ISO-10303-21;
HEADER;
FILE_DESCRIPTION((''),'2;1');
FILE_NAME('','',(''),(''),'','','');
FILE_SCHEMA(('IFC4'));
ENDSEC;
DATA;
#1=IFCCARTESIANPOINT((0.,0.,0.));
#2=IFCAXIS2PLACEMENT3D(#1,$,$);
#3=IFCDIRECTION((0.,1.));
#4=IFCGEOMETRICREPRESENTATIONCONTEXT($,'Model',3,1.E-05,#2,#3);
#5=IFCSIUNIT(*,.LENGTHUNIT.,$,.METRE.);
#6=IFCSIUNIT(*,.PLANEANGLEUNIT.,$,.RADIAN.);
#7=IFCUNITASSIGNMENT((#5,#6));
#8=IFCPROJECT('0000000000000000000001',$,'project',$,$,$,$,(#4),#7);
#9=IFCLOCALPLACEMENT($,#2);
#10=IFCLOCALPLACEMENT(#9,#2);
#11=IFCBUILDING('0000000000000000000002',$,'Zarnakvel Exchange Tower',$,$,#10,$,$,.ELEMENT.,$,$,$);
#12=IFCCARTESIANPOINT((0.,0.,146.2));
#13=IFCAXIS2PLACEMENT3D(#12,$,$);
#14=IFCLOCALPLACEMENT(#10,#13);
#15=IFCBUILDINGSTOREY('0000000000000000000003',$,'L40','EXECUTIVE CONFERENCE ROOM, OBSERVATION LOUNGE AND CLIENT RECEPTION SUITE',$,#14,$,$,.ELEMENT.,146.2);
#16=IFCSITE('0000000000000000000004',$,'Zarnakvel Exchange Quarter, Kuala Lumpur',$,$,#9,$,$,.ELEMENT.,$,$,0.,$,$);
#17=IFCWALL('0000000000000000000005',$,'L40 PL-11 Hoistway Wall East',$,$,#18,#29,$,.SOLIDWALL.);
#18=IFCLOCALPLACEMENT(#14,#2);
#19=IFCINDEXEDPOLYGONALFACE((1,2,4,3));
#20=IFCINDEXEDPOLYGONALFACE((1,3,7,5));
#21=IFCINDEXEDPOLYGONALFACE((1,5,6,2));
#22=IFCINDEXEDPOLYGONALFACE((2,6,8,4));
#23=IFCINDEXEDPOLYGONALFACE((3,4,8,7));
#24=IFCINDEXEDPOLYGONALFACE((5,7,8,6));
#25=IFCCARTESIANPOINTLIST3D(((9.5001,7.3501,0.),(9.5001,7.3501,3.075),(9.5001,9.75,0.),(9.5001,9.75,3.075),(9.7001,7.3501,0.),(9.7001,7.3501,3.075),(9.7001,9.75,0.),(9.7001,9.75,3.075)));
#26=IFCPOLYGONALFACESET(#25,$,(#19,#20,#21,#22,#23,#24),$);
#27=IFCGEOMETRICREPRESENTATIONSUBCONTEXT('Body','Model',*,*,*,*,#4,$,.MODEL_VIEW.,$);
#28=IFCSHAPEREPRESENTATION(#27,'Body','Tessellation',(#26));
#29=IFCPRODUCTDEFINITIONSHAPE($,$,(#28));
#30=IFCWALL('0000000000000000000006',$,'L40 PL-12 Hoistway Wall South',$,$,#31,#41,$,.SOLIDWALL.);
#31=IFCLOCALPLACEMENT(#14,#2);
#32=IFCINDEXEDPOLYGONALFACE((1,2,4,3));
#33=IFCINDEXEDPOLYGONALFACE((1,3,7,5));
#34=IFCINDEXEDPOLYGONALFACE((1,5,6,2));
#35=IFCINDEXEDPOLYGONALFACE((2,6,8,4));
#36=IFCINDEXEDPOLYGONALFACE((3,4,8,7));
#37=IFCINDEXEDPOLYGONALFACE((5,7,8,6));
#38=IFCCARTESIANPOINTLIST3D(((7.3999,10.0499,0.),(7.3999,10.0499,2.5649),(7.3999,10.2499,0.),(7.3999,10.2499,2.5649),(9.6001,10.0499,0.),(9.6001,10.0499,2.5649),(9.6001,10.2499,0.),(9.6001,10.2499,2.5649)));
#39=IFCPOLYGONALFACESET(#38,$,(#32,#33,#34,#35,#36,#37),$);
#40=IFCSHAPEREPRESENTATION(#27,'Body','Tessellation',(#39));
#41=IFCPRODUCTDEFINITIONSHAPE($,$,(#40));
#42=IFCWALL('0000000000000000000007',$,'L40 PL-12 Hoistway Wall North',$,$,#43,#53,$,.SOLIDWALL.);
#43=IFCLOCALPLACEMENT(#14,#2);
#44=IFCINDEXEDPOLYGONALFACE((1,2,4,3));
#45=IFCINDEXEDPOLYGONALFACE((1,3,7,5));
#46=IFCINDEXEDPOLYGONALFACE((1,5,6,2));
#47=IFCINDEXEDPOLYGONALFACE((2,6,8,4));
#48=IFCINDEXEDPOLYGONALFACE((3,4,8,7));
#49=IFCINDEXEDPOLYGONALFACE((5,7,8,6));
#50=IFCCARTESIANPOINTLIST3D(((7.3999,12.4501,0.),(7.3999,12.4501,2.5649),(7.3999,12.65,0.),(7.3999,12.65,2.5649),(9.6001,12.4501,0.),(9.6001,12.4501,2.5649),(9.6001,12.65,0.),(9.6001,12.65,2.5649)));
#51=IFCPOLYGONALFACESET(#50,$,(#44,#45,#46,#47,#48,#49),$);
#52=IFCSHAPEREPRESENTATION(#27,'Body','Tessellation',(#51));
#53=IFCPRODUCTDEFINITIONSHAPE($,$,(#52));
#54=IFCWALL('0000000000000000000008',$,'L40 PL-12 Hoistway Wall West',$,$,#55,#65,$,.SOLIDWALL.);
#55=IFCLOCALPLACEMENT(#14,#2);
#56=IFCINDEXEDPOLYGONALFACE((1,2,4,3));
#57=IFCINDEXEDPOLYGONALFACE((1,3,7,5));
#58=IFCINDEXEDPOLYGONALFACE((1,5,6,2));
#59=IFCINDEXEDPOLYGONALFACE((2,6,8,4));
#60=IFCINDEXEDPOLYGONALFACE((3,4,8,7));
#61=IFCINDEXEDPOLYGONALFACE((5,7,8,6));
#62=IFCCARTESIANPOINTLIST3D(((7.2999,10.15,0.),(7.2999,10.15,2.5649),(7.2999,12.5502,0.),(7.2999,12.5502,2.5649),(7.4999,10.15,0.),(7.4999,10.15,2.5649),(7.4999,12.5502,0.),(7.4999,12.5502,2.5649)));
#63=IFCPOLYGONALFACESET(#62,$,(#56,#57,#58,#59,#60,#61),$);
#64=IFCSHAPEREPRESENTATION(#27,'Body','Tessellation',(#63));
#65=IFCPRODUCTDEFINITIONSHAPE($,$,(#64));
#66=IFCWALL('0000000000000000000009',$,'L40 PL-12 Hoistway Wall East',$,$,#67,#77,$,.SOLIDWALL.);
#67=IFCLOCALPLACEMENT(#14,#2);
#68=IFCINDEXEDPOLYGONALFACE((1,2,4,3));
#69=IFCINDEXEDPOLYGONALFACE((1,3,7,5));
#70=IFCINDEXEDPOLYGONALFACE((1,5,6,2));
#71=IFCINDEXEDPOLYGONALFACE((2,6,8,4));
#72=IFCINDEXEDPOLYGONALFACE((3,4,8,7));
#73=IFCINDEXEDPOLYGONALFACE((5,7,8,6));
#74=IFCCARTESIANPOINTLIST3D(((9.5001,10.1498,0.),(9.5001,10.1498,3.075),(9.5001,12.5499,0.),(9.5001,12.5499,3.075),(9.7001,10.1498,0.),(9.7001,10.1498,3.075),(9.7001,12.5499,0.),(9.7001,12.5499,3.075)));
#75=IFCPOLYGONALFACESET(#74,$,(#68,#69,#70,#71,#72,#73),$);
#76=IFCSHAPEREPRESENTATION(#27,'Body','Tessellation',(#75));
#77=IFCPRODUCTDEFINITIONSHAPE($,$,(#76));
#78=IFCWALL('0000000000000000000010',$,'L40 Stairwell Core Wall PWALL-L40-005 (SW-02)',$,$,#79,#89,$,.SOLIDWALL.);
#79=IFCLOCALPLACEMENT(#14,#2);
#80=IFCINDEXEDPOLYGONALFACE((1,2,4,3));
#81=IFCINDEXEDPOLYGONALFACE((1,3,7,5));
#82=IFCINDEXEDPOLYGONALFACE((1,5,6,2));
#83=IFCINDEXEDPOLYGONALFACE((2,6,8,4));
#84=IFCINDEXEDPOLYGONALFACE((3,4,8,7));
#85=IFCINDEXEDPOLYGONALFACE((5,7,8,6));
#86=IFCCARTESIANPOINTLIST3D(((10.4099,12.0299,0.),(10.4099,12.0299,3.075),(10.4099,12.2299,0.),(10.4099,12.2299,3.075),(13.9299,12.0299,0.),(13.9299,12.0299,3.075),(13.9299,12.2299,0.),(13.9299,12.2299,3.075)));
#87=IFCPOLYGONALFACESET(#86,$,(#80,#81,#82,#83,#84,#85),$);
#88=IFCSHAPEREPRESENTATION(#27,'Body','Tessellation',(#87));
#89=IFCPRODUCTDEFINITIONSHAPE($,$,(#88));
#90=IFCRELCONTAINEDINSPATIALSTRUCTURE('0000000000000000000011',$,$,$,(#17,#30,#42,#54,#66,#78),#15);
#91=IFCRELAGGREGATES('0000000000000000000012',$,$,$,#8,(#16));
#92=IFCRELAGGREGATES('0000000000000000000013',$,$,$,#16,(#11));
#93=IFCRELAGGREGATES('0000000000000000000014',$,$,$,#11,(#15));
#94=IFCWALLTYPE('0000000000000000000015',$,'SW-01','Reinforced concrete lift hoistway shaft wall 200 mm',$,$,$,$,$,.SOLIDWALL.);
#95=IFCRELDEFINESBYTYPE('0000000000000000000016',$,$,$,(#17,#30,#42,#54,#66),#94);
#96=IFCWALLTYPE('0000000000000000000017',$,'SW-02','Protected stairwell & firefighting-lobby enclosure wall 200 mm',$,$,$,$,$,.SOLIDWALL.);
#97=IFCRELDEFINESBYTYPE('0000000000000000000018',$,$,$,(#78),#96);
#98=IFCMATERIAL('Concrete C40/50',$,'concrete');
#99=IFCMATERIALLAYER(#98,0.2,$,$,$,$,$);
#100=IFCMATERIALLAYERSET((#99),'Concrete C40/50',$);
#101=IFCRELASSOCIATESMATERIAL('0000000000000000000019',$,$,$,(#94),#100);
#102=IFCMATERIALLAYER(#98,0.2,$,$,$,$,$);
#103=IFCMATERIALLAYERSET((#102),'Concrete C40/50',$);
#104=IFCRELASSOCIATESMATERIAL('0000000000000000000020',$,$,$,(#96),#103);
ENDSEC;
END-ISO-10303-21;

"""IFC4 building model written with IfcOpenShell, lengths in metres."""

from ifc_helpers import new_model, si_unit, direction, frame, frame_2d, origin, place, context, subcontext, project, spatial, rectangle, extrude, material, layer, layer_set, type_object, element, save


model = new_model("IFC4")

# Units and contexts
model_context = context("Model", 3, precision=1e-05, world=origin(), true_north=direction((0.0, 1.0)))
body_context = subcontext(model_context, "Body", "Model", "MODEL_VIEW")
ifc_project = project(units=[si_unit("LENGTHUNIT", "METRE"), si_unit("PLANEANGLEUNIT", "RADIAN")], contexts=[model_context])

# Site, building, storey
site_placement = place(None, origin())
site = spatial("IfcSite", under=ifc_project, at=site_placement, Name="Zarnakvel Exchange Quarter, Kuala Lumpur", CompositionType="ELEMENT", RefElevation=0.0)
building_placement = place(site_placement, origin())
building = spatial("IfcBuilding", under=site, at=building_placement, Name="Zarnakvel Exchange Tower", CompositionType="ELEMENT")
storey_placement = place(building_placement, frame((0.0, 0.0, 146.2)))
storey = spatial("IfcBuildingStorey", under=building, at=storey_placement, Name="L40", Description="EXECUTIVE CONFERENCE ROOM, OBSERVATION LOUNGE AND CLIENT RECEPTION SUITE", CompositionType="ELEMENT", Elevation=146.2)

# Walls
ifc_material_1 = material(Name="Concrete C40/50", Category="concrete")
ifc_layer_1 = layer(ifc_material_1, 0.2)
ifc_layer_set_1 = layer_set([ifc_layer_1], Name="Concrete C40/50")
wall_type_1 = type_object("IfcWallType", Name="SW-01", Description="Reinforced concrete lift hoistway shaft wall 200 mm", PredefinedType="SOLIDWALL", material=ifc_layer_set_1)
wall_1_placement = place(storey_placement, frame((9.6001, 9.75, 0.0), z_axis=(0.0, 0.0, 1.0), x_axis=(0.0, -1.0, 0.0)))
element("IfcWall", 1, at=wall_1_placement, inside=storey, type_object=wall_type_1, Name="L40 PL-11 Hoistway Wall East", PredefinedType="SOLIDWALL", context=body_context, shape_type="SweptSolid", body=[
    extrude(rectangle(XDim=2.3999, YDim=0.2, at=frame_2d((1.2, 0.0))), origin(), (0.0, 0.0, 1.0), 3.075),
])
for number, where, z_axis, x_axis, name in (
    (2, (9.6001, 10.1499, 0.0), (0.0, 0.0, 1.0), (-1.0, 0.0, 0.0), "L40 PL-12 Hoistway Wall South"),
    (3, (7.3999, 12.55, 0.0), (0.0, 0.0, 1.0), (1.0, 0.0, 0.0), "L40 PL-12 Hoistway Wall North"),
):
    element("IfcWall", number, at=place(storey_placement, frame(where, z_axis=z_axis, x_axis=x_axis)), inside=storey, type_object=wall_type_1, Name=name, PredefinedType="SOLIDWALL", context=body_context, shape_type="SweptSolid", body=[
        extrude(rectangle(XDim=2.2002, YDim=0.2, at=frame_2d((1.1001, 0.0))), origin(), (0.0, 0.0, 1.0), 2.5649),
    ])
wall_2_placement = place(storey_placement, frame((7.3999, 10.1499, 0.0), z_axis=(0.0, 0.0, 1.0), x_axis=(0.0, 1.0, 0.0)))
element("IfcWall", 4, at=wall_2_placement, inside=storey, type_object=wall_type_1, Name="L40 PL-12 Hoistway Wall West", PredefinedType="SOLIDWALL", context=body_context, shape_type="SweptSolid", body=[
    extrude(rectangle(XDim=2.4001, YDim=0.2, at=frame_2d((1.2002, 0.0))), origin(), (0.0, 0.0, 1.0), 2.5649),
])
wall_3_placement = place(storey_placement, frame((9.6001, 12.55, 0.0), z_axis=(0.0, 0.0, 1.0), x_axis=(0.0, -1.0, 0.0)))
element("IfcWall", 5, at=wall_3_placement, inside=storey, type_object=wall_type_1, Name="L40 PL-12 Hoistway Wall East", PredefinedType="SOLIDWALL", context=body_context, shape_type="SweptSolid", body=[
    extrude(rectangle(XDim=2.4001, YDim=0.2, at=frame_2d((1.2002, 0.0))), origin(), (0.0, 0.0, 1.0), 3.075),
])
ifc_layer_2 = layer(ifc_material_1, 0.2)
ifc_layer_set_2 = layer_set([ifc_layer_2], Name="Concrete C40/50")
wall_type_2 = type_object("IfcWallType", Name="SW-02", Description="Protected stairwell & firefighting-lobby enclosure wall 200 mm", PredefinedType="SOLIDWALL", material=ifc_layer_set_2)
wall_4_placement = place(storey_placement, frame((10.4099, 12.1299, 0.0), z_axis=(0.0, 0.0, 1.0), x_axis=(1.0, 0.0, 0.0)))
element("IfcWall", 6, at=wall_4_placement, inside=storey, type_object=wall_type_2, Name="L40 Stairwell Core Wall PWALL-L40-005 (SW-02)", PredefinedType="SOLIDWALL", context=body_context, shape_type="SweptSolid", body=[
    extrude(rectangle(XDim=3.52, YDim=0.2, at=frame_2d((1.76, 0.0))), origin(), (0.0, 0.0, 1.0), 3.075),
])

save(model, "model.ifc")
